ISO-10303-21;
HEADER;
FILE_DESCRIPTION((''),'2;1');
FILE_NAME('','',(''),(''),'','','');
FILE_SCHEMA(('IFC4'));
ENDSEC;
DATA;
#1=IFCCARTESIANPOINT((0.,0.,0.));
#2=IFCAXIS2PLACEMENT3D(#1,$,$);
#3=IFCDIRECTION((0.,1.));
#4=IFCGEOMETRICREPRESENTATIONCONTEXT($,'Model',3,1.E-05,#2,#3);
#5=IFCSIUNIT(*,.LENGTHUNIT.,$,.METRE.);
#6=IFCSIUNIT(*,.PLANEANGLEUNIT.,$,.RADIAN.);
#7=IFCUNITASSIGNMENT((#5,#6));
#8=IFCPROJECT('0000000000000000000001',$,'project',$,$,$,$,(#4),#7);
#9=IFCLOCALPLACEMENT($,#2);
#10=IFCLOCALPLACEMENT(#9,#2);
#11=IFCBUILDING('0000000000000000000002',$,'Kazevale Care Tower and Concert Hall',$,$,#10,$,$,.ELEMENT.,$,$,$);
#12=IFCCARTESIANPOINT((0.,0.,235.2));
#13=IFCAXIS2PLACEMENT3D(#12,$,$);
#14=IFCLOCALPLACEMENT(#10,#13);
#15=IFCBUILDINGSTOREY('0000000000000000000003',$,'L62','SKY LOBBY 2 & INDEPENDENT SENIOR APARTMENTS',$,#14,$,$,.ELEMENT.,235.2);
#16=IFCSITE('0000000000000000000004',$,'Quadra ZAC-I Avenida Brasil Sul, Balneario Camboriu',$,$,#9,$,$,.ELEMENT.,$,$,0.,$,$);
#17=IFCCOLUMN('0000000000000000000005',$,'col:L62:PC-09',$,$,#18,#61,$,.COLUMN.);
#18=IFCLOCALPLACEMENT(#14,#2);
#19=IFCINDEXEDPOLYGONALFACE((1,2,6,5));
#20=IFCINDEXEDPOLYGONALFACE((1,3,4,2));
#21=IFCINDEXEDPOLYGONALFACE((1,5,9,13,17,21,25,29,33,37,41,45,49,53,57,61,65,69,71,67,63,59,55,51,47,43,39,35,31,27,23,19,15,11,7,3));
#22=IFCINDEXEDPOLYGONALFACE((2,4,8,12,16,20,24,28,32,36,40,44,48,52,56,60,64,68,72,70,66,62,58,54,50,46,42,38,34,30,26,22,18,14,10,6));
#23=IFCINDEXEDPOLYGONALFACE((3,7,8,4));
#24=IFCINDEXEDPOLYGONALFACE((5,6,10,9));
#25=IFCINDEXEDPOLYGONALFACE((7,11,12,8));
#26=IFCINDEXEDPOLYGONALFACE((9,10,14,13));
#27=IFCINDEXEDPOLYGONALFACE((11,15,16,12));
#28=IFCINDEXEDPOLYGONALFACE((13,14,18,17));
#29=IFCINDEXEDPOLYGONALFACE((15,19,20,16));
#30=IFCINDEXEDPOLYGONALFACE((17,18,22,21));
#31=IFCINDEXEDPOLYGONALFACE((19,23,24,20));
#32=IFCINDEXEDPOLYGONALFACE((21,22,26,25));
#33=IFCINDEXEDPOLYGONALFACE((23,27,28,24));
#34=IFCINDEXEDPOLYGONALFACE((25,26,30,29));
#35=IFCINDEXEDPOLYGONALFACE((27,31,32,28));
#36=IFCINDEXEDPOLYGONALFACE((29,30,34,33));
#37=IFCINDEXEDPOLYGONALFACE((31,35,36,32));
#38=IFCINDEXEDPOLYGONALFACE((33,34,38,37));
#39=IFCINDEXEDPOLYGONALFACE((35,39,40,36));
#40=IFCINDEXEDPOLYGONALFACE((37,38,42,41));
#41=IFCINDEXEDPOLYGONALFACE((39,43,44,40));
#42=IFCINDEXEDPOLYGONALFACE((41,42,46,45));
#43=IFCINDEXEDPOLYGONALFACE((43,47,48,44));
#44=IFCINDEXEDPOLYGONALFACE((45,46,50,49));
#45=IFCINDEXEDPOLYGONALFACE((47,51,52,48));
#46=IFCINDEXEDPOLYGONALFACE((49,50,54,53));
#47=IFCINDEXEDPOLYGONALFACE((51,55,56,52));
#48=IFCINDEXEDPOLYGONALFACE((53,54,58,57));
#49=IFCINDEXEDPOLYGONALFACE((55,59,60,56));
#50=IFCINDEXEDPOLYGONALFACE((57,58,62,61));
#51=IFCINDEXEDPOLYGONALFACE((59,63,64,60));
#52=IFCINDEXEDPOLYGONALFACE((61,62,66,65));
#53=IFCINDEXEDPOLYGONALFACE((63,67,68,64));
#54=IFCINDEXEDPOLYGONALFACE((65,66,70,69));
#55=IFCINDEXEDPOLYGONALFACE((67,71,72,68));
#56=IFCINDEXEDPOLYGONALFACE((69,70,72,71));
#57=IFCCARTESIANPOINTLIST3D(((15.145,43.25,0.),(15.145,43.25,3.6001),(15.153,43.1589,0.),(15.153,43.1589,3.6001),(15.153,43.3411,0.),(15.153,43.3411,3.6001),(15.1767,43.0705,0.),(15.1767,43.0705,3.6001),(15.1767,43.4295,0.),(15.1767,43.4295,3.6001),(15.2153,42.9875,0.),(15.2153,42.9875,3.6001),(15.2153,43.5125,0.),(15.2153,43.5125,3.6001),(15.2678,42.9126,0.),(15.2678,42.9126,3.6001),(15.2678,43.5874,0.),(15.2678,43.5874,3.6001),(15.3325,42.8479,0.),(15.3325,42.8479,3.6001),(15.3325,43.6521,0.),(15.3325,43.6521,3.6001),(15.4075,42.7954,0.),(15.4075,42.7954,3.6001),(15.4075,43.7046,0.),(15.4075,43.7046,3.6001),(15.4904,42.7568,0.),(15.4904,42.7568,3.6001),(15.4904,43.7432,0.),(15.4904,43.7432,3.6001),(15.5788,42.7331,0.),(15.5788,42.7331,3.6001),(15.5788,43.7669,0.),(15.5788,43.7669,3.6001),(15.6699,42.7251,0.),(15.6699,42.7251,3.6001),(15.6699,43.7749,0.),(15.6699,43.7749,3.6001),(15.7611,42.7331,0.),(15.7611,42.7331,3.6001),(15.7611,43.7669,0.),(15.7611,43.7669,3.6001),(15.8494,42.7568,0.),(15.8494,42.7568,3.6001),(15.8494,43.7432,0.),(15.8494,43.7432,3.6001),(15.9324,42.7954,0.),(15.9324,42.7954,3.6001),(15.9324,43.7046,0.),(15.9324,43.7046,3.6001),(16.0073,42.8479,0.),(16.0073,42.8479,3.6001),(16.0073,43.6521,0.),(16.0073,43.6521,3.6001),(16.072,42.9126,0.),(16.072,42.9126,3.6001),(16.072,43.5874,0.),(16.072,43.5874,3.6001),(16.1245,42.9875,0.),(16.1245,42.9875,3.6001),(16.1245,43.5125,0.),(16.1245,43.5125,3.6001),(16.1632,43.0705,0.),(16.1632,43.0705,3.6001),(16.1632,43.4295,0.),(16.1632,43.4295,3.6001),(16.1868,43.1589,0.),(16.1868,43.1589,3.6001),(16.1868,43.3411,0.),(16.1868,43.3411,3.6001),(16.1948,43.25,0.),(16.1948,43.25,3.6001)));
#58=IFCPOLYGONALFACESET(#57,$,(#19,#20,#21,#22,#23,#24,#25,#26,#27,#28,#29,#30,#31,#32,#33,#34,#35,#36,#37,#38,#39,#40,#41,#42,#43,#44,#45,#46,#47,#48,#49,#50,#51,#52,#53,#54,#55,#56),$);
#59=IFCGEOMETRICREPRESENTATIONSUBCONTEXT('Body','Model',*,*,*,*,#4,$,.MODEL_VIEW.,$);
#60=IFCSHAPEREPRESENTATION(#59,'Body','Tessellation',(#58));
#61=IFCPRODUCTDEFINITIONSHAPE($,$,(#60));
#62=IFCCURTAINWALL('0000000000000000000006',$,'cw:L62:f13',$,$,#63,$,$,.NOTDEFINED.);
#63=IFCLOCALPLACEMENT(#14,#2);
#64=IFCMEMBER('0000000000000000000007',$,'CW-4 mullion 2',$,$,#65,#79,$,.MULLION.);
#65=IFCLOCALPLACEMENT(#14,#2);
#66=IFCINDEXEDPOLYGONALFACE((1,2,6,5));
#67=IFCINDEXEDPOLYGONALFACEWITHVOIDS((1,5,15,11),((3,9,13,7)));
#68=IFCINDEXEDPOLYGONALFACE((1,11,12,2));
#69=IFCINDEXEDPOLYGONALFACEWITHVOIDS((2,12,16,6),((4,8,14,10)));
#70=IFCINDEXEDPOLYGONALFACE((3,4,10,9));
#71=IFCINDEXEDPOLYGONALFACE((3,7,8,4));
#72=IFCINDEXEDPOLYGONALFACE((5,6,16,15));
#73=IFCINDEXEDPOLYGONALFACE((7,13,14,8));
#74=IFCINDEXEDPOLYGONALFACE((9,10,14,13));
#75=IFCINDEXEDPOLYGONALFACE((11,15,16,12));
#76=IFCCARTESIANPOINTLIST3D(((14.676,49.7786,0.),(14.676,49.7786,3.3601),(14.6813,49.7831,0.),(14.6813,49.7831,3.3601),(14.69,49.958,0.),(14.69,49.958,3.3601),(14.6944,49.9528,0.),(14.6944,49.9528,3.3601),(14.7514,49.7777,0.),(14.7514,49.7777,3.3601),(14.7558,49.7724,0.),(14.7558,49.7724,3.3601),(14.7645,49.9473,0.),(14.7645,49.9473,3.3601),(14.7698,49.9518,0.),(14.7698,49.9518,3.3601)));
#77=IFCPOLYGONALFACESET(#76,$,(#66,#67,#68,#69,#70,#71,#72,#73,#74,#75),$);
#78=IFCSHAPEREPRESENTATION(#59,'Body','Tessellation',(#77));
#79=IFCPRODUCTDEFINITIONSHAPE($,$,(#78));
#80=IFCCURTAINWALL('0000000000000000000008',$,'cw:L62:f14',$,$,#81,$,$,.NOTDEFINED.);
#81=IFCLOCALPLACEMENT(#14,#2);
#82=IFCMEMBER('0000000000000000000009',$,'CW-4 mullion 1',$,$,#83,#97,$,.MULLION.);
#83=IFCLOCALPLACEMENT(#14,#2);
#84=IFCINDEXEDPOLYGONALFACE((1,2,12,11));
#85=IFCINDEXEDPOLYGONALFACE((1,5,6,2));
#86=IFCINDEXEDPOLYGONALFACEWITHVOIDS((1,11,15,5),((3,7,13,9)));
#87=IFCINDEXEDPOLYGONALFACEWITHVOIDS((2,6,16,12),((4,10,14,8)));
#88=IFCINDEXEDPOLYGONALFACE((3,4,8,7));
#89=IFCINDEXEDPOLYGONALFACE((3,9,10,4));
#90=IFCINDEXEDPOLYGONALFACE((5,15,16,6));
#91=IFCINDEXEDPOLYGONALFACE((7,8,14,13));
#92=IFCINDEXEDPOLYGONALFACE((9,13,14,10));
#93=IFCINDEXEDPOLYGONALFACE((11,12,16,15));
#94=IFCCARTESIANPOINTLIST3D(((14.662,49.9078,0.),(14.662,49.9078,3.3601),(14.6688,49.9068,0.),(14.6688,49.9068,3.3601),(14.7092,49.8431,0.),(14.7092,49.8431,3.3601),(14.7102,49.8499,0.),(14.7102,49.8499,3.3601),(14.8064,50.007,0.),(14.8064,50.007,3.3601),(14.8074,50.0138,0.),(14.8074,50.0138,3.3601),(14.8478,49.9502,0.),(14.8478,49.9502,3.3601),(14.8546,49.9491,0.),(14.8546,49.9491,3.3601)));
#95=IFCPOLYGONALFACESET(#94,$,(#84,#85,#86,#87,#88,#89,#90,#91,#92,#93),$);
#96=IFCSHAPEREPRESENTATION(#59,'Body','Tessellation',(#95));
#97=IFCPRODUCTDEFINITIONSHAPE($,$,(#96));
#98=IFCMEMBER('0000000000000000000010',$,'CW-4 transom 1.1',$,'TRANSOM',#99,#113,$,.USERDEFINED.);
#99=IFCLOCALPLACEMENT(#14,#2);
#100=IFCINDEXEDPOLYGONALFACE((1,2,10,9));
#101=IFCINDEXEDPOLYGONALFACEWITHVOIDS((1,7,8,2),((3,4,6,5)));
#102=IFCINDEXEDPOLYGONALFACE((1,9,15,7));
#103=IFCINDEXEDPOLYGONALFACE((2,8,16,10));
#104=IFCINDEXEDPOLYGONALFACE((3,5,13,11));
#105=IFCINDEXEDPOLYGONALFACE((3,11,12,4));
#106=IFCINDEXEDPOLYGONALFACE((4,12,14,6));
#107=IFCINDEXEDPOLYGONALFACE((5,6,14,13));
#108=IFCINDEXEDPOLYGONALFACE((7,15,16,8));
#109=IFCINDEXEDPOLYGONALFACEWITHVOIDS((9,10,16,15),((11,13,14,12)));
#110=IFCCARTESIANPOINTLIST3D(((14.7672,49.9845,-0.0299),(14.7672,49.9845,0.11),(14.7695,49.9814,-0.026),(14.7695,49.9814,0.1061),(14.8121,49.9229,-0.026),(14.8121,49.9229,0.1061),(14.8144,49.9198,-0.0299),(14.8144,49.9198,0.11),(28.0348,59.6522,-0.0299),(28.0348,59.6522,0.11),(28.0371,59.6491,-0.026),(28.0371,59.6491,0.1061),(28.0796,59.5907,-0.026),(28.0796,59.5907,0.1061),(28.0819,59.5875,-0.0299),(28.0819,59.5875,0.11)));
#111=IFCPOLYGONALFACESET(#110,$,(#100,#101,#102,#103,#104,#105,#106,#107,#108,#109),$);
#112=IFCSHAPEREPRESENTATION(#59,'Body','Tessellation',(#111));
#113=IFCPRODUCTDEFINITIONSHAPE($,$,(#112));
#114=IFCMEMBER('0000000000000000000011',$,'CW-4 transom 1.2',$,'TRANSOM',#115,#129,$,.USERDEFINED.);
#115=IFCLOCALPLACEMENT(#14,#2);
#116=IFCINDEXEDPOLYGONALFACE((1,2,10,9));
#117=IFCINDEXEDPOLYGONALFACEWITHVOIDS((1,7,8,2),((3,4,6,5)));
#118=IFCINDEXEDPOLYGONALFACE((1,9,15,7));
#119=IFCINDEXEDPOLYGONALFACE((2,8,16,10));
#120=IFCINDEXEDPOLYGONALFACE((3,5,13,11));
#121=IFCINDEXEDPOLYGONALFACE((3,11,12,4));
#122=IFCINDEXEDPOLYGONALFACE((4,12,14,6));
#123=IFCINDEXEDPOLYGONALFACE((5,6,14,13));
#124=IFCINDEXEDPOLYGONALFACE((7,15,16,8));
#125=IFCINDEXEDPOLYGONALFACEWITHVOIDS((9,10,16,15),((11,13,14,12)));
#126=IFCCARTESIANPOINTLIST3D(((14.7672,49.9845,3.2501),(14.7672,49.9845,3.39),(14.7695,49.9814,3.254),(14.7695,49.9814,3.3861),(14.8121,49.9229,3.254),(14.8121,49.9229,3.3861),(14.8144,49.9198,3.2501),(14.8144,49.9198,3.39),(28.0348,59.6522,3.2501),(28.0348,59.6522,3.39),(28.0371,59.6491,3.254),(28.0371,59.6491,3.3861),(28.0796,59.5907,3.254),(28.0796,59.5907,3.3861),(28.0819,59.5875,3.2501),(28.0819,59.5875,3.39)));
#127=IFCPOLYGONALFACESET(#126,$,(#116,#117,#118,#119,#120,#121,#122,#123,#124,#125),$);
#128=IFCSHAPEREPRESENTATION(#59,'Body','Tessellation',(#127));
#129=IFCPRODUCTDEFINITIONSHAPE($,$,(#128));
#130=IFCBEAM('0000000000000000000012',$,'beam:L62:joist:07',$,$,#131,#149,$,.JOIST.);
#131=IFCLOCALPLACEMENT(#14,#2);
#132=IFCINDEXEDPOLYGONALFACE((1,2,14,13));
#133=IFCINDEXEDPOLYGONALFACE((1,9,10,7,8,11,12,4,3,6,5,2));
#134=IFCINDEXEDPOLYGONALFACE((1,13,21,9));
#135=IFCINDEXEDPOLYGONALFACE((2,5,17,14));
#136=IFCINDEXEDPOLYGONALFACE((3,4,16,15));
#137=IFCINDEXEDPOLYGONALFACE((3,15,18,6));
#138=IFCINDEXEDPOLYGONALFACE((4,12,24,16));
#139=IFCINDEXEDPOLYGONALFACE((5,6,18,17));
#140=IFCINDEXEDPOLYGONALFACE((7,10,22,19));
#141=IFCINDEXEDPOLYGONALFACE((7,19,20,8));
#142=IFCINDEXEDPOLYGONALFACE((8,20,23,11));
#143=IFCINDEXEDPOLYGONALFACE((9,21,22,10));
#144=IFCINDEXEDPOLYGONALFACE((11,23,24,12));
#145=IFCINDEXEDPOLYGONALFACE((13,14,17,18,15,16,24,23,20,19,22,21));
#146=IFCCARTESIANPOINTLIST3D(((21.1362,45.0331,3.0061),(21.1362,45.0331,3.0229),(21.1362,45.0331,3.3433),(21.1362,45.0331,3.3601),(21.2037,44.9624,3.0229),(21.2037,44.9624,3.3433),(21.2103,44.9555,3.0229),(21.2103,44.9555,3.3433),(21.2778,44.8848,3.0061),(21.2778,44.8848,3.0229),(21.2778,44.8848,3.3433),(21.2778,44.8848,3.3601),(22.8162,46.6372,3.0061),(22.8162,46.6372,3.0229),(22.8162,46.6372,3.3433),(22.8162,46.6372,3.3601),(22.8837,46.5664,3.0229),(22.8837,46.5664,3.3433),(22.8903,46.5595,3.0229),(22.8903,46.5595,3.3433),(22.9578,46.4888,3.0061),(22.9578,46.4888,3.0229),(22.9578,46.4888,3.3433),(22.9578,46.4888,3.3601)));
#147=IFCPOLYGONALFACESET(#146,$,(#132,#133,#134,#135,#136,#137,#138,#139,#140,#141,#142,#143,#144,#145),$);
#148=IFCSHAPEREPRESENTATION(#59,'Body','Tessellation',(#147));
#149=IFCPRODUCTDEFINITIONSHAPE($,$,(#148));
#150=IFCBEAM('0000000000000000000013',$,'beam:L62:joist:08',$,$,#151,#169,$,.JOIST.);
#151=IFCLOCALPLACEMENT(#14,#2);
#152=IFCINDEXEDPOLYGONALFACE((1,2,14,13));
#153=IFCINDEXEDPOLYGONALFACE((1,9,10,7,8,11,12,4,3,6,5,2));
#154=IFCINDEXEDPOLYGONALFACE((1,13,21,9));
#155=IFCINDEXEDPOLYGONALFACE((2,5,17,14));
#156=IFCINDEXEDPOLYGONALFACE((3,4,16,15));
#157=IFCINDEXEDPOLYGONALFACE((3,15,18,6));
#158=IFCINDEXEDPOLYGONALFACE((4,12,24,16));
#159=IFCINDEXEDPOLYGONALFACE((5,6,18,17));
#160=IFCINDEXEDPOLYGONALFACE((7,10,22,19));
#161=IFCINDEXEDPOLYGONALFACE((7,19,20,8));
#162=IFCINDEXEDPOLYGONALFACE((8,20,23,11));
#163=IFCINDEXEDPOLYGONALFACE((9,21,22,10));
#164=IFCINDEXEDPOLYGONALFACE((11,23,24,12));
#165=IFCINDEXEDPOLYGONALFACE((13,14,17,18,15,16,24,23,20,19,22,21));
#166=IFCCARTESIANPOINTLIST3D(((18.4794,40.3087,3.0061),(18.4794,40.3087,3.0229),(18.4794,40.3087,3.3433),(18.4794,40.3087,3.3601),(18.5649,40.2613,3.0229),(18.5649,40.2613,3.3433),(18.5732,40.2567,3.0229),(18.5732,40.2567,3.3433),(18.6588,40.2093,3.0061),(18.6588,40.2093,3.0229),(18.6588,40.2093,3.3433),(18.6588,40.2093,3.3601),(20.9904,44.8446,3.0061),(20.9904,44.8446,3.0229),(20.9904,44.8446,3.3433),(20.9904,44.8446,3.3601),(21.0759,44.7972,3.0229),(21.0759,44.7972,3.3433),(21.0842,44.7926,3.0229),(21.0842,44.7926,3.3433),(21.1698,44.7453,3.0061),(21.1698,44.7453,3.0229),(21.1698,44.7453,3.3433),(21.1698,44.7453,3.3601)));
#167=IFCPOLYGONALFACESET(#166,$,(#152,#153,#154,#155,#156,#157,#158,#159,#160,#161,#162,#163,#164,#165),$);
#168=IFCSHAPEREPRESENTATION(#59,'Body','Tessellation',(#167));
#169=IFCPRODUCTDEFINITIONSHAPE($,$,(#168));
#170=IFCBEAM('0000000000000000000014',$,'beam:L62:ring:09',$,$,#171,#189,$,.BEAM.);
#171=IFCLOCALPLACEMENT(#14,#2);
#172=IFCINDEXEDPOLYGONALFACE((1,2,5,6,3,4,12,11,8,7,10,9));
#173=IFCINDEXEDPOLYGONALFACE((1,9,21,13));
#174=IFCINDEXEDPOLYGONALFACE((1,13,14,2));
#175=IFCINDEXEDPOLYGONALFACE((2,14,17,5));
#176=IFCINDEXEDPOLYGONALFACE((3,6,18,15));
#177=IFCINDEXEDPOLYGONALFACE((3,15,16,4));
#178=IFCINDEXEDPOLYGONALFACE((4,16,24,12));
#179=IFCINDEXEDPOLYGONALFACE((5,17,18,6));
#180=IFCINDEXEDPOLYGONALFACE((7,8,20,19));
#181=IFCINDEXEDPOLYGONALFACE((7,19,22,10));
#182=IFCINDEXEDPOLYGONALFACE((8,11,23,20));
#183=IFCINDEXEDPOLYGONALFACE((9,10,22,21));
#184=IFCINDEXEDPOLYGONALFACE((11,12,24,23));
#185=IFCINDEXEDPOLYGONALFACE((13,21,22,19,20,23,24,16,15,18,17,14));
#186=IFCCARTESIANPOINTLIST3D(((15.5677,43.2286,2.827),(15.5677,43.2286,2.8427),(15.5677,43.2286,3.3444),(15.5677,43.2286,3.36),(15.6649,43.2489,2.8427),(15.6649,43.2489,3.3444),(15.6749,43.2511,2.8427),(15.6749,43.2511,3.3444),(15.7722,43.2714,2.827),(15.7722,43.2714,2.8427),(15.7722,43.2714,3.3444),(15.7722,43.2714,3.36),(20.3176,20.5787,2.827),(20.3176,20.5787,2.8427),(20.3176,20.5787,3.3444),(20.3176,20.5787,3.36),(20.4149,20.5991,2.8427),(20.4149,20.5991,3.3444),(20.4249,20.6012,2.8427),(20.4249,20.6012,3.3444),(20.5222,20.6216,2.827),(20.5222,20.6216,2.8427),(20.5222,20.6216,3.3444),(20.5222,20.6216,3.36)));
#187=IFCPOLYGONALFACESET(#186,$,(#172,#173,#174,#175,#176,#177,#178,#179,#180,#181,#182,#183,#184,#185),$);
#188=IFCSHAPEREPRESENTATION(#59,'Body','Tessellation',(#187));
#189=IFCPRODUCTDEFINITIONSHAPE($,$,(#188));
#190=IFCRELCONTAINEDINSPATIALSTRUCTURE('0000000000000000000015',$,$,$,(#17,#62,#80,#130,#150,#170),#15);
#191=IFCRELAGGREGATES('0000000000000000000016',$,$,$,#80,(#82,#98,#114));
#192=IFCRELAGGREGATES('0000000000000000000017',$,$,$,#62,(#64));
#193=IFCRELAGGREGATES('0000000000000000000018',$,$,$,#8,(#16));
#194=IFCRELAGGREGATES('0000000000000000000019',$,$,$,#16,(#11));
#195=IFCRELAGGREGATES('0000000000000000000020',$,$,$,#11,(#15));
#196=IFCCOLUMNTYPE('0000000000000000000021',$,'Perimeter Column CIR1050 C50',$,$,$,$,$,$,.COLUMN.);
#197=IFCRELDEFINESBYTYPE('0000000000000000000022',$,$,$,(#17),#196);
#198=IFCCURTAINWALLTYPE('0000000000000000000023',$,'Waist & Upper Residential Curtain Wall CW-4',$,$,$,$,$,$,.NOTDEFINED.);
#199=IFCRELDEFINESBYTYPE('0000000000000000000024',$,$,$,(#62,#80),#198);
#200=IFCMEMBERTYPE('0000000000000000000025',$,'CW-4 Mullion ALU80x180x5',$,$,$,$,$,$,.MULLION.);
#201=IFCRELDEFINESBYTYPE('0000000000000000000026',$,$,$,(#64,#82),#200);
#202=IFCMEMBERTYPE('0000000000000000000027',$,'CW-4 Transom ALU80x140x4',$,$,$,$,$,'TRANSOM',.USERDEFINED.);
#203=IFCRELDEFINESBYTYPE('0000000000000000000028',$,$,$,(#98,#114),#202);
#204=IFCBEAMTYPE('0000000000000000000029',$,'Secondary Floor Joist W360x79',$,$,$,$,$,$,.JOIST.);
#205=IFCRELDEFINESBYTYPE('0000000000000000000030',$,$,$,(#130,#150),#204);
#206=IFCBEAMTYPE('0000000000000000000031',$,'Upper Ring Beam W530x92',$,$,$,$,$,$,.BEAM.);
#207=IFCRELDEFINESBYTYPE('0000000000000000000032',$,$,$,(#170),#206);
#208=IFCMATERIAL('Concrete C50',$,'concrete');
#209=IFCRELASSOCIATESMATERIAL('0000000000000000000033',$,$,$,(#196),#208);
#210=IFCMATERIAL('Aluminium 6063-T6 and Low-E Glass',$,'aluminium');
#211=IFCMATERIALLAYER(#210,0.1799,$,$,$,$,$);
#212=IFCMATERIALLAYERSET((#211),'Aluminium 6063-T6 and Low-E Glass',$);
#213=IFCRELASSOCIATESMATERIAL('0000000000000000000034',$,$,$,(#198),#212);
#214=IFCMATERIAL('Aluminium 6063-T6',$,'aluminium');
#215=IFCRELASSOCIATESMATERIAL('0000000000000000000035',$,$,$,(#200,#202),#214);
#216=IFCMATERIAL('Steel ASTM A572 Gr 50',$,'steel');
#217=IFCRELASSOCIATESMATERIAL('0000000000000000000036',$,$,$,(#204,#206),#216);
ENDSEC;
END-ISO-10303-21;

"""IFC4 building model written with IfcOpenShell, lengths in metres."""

from ifc_helpers import new_model, si_unit, direction, frame, origin, origin_2d, place, context, subcontext, project, spatial, hollow_rectangle, circle, i_section, extrude, material, layer, layer_set, material_profile, profile_set, type_object, element, aggregate, save


model = new_model("IFC4")

# Units and contexts
model_context = context("Model", 3, precision=1e-05, world=origin(), true_north=direction((0.0, 1.0)))
body_context = subcontext(model_context, "Body", "Model", "MODEL_VIEW")
ifc_project = project(units=[si_unit("LENGTHUNIT", "METRE"), si_unit("PLANEANGLEUNIT", "RADIAN")], contexts=[model_context])

# Site, building, storey
site_placement = place(None, origin())
site = spatial("IfcSite", under=ifc_project, at=site_placement, Name="Quadra ZAC-I Avenida Brasil Sul, Balneario Camboriu", CompositionType="ELEMENT", RefElevation=0.0)
building_placement = place(site_placement, origin())
building = spatial("IfcBuilding", under=site, at=building_placement, Name="Kazevale Care Tower and Concert Hall", CompositionType="ELEMENT")
storey_placement = place(building_placement, frame((0.0, 0.0, 235.2)))
storey = spatial("IfcBuildingStorey", under=building, at=storey_placement, Name="L62", Description="SKY LOBBY 2 & INDEPENDENT SENIOR APARTMENTS", CompositionType="ELEMENT", Elevation=235.2)

# Column
ifc_material_1 = material(Name="Concrete C50", Category="concrete")
ifc_material_profile_1 = material_profile(ifc_material_1, circle(Radius=0.5249, at=origin_2d()), Name="RC-CIR1050")
ifc_profile_set_1 = profile_set([ifc_material_profile_1], Name="Concrete C50")
column_type = type_object("IfcColumnType", Name="Perimeter Column CIR1050 C50", PredefinedType="COLUMN", material=ifc_profile_set_1)
column_placement = place(storey_placement, frame((15.6699, 43.25, 0.0), z_axis=(0.0, 0.0, 1.0), x_axis=(1.0, 0.0, 0.0)))
element("IfcColumn", 1, at=column_placement, inside=storey, type_object=column_type, Name="col:L62:PC-09", PredefinedType="COLUMN", context=body_context, shape_type="SweptSolid", body=[
    extrude(circle(Radius=0.5249, at=origin_2d()), origin(), (0.0, 0.0, 1.0), 3.6001),
])

# Curtain wall, member
ifc_material_2 = material(Name="Aluminium 6063-T6 and Low-E Glass", Category="aluminium")
ifc_layer_1 = layer(ifc_material_2, 0.1799)
ifc_layer_set_1 = layer_set([ifc_layer_1], Name="Aluminium 6063-T6 and Low-E Glass")
curtain_wall_type = type_object("IfcCurtainWallType", Name="Waist & Upper Residential Curtain Wall CW-4", PredefinedType="NOTDEFINED", material=ifc_layer_set_1)
curtain_wall_1_placement = place(storey_placement, origin())
curtain_wall_1 = element("IfcCurtainWall", 2, at=curtain_wall_1_placement, inside=storey, type_object=curtain_wall_type, Name="cw:L62:f13", PredefinedType="NOTDEFINED")
ifc_material_3 = material(Name="Aluminium 6063-T6", Category="aluminium")
ifc_material_profile_2 = material_profile(ifc_material_3, hollow_rectangle(XDim=0.0801, YDim=0.1799, WallThickness=0.0049, at=origin_2d()), Name="ALU80x180x5")
ifc_profile_set_2 = profile_set([ifc_material_profile_2], Name="Aluminium 6063-T6")
member_type_1 = type_object("IfcMemberType", Name="CW-4 Mullion ALU80x180x5", PredefinedType="MULLION", material=ifc_profile_set_2)
member_1_placement = place(storey_placement, frame((14.7229, 49.8652, 0.0), z_axis=(0.0, 0.0, 1.0), x_axis=(-0.996989, 0.077539, 0.0)))
member_1 = element("IfcMember", 3, at=member_1_placement, type_object=member_type_1, Name="CW-4 mullion 2", PredefinedType="MULLION", context=body_context, shape_type="SweptSolid", body=[
    extrude(hollow_rectangle(XDim=0.0801, YDim=0.1799, WallThickness=0.0049, at=origin_2d()), origin(), (0.0, 0.0, 1.0), 3.3601),
])

# Curtain wall, members
curtain_wall_2_placement = place(storey_placement, origin())
curtain_wall_2 = element("IfcCurtainWall", 4, at=curtain_wall_2_placement, inside=storey, type_object=curtain_wall_type, Name="cw:L62:f14", PredefinedType="NOTDEFINED")
member_2_placement = place(storey_placement, frame((14.7583, 49.9285, 0.0), z_axis=(0.0, 0.0, 1.0), x_axis=(-0.58891, 0.808198, 0.0)))
member_2 = element("IfcMember", 5, at=member_2_placement, type_object=member_type_1, Name="CW-4 mullion 1", PredefinedType="MULLION", context=body_context, shape_type="SweptSolid", body=[
    extrude(hollow_rectangle(XDim=0.0801, YDim=0.1799, WallThickness=0.0049, at=origin_2d()), origin(), (0.0, 0.0, 1.0), 3.3601),
])
ifc_material_profile_3 = material_profile(ifc_material_3, hollow_rectangle(XDim=0.0801, YDim=0.1399, WallThickness=0.0039, at=origin_2d()), Name="ALU80x140x4")
ifc_profile_set_3 = profile_set([ifc_material_profile_3], Name="Aluminium 6063-T6")
member_type_2 = type_object("IfcMemberType", Name="CW-4 Transom ALU80x140x4", ElementType="TRANSOM", PredefinedType="USERDEFINED", material=ifc_profile_set_3)
member_3_placement = place(storey_placement, frame((14.7908, 49.9521, 0.04), z_axis=(0.808197, 0.588912, 0.0), x_axis=(-0.588912, 0.808197, 0.0)))
member_3 = element("IfcMember", 6, at=member_3_placement, type_object=member_type_2, Name="CW-4 transom 1.1", ObjectType="TRANSOM", PredefinedType="USERDEFINED", context=body_context, shape_type="SweptSolid", body=[
    extrude(hollow_rectangle(XDim=0.0801, YDim=0.1399, WallThickness=0.0039, at=origin_2d()), origin(), (0.0, 0.0, 1.0), 16.4163),
])
member_4_placement = place(storey_placement, frame((14.7908, 49.9521, 3.3201), z_axis=(0.808197, 0.588912, 0.0), x_axis=(-0.588912, 0.808197, 0.0)))
member_4 = element("IfcMember", 7, at=member_4_placement, type_object=member_type_2, Name="CW-4 transom 1.2", ObjectType="TRANSOM", PredefinedType="USERDEFINED", context=body_context, shape_type="SweptSolid", body=[
    extrude(hollow_rectangle(XDim=0.0801, YDim=0.1399, WallThickness=0.0039, at=origin_2d()), origin(), (0.0, 0.0, 1.0), 16.4163),
])
aggregate(curtain_wall_2, [member_2, member_3, member_4])

# Beams
ifc_material_4 = material(Name="Steel ASTM A572 Gr 50", Category="steel")
ifc_material_profile_4 = material_profile(ifc_material_4, i_section(OverallWidth=0.2051, OverallDepth=0.354, WebThickness=0.0095, FlangeThickness=0.0168, at=origin_2d()), Name="W360x79")
ifc_profile_set_4 = profile_set([ifc_material_profile_4], Name="Steel ASTM A572 Gr 50")
beam_type_1 = type_object("IfcBeamType", Name="Secondary Floor Joist W360x79", PredefinedType="JOIST", material=ifc_profile_set_4)
beam_1_placement = place(storey_placement, frame((22.887, 46.563, 3.1831), z_axis=(-0.723262, -0.690573, 0.0), x_axis=(0.690573, -0.723262, 0.0)))
element("IfcBeam", 8, at=beam_1_placement, inside=storey, type_object=beam_type_1, Name="beam:L62:joist:07", PredefinedType="JOIST", context=body_context, shape_type="SweptSolid", body=[
    extrude(i_section(OverallWidth=0.2051, OverallDepth=0.354, WebThickness=0.0095, FlangeThickness=0.0168, at=origin_2d()), origin(), (0.0, 0.0, 1.0), 2.3228),
])
beam_2_placement = place(storey_placement, frame((21.0801, 44.7949, 3.1831), z_axis=(-0.484323, -0.874889, 0.0), x_axis=(0.874889, -0.484323, 0.0)))
element("IfcBeam", 9, at=beam_2_placement, inside=storey, type_object=beam_type_1, Name="beam:L62:joist:08", PredefinedType="JOIST", context=body_context, shape_type="SweptSolid", body=[
    extrude(i_section(OverallWidth=0.2051, OverallDepth=0.354, WebThickness=0.0095, FlangeThickness=0.0168, at=origin_2d()), origin(), (0.0, 0.0, 1.0), 5.1846),
])
ifc_material_profile_5 = material_profile(ifc_material_4, i_section(OverallWidth=0.209, OverallDepth=0.533, WebThickness=0.0103, FlangeThickness=0.0156, at=origin_2d()), Name="W530x92")
ifc_profile_set_5 = profile_set([ifc_material_profile_5], Name="Steel ASTM A572 Gr 50")
beam_type_2 = type_object("IfcBeamType", Name="Upper Ring Beam W530x92", PredefinedType="BEAM", material=ifc_profile_set_5)
beam_3_placement = place(storey_placement, frame((15.6699, 43.25, 3.0935), z_axis=(0.205249, -0.97871, 0.0), x_axis=(0.97871, 0.205249, 0.0)))
element("IfcBeam", 10, at=beam_3_placement, inside=storey, type_object=beam_type_2, Name="beam:L62:ring:09", PredefinedType="BEAM", context=body_context, shape_type="SweptSolid", body=[
    extrude(i_section(OverallWidth=0.209, OverallDepth=0.533, WebThickness=0.0103, FlangeThickness=0.0156, at=origin_2d()), origin(), (0.0, 0.0, 1.0), 23.1426),
])

aggregate(curtain_wall_1, [member_1])

save(model, "model.ifc")
